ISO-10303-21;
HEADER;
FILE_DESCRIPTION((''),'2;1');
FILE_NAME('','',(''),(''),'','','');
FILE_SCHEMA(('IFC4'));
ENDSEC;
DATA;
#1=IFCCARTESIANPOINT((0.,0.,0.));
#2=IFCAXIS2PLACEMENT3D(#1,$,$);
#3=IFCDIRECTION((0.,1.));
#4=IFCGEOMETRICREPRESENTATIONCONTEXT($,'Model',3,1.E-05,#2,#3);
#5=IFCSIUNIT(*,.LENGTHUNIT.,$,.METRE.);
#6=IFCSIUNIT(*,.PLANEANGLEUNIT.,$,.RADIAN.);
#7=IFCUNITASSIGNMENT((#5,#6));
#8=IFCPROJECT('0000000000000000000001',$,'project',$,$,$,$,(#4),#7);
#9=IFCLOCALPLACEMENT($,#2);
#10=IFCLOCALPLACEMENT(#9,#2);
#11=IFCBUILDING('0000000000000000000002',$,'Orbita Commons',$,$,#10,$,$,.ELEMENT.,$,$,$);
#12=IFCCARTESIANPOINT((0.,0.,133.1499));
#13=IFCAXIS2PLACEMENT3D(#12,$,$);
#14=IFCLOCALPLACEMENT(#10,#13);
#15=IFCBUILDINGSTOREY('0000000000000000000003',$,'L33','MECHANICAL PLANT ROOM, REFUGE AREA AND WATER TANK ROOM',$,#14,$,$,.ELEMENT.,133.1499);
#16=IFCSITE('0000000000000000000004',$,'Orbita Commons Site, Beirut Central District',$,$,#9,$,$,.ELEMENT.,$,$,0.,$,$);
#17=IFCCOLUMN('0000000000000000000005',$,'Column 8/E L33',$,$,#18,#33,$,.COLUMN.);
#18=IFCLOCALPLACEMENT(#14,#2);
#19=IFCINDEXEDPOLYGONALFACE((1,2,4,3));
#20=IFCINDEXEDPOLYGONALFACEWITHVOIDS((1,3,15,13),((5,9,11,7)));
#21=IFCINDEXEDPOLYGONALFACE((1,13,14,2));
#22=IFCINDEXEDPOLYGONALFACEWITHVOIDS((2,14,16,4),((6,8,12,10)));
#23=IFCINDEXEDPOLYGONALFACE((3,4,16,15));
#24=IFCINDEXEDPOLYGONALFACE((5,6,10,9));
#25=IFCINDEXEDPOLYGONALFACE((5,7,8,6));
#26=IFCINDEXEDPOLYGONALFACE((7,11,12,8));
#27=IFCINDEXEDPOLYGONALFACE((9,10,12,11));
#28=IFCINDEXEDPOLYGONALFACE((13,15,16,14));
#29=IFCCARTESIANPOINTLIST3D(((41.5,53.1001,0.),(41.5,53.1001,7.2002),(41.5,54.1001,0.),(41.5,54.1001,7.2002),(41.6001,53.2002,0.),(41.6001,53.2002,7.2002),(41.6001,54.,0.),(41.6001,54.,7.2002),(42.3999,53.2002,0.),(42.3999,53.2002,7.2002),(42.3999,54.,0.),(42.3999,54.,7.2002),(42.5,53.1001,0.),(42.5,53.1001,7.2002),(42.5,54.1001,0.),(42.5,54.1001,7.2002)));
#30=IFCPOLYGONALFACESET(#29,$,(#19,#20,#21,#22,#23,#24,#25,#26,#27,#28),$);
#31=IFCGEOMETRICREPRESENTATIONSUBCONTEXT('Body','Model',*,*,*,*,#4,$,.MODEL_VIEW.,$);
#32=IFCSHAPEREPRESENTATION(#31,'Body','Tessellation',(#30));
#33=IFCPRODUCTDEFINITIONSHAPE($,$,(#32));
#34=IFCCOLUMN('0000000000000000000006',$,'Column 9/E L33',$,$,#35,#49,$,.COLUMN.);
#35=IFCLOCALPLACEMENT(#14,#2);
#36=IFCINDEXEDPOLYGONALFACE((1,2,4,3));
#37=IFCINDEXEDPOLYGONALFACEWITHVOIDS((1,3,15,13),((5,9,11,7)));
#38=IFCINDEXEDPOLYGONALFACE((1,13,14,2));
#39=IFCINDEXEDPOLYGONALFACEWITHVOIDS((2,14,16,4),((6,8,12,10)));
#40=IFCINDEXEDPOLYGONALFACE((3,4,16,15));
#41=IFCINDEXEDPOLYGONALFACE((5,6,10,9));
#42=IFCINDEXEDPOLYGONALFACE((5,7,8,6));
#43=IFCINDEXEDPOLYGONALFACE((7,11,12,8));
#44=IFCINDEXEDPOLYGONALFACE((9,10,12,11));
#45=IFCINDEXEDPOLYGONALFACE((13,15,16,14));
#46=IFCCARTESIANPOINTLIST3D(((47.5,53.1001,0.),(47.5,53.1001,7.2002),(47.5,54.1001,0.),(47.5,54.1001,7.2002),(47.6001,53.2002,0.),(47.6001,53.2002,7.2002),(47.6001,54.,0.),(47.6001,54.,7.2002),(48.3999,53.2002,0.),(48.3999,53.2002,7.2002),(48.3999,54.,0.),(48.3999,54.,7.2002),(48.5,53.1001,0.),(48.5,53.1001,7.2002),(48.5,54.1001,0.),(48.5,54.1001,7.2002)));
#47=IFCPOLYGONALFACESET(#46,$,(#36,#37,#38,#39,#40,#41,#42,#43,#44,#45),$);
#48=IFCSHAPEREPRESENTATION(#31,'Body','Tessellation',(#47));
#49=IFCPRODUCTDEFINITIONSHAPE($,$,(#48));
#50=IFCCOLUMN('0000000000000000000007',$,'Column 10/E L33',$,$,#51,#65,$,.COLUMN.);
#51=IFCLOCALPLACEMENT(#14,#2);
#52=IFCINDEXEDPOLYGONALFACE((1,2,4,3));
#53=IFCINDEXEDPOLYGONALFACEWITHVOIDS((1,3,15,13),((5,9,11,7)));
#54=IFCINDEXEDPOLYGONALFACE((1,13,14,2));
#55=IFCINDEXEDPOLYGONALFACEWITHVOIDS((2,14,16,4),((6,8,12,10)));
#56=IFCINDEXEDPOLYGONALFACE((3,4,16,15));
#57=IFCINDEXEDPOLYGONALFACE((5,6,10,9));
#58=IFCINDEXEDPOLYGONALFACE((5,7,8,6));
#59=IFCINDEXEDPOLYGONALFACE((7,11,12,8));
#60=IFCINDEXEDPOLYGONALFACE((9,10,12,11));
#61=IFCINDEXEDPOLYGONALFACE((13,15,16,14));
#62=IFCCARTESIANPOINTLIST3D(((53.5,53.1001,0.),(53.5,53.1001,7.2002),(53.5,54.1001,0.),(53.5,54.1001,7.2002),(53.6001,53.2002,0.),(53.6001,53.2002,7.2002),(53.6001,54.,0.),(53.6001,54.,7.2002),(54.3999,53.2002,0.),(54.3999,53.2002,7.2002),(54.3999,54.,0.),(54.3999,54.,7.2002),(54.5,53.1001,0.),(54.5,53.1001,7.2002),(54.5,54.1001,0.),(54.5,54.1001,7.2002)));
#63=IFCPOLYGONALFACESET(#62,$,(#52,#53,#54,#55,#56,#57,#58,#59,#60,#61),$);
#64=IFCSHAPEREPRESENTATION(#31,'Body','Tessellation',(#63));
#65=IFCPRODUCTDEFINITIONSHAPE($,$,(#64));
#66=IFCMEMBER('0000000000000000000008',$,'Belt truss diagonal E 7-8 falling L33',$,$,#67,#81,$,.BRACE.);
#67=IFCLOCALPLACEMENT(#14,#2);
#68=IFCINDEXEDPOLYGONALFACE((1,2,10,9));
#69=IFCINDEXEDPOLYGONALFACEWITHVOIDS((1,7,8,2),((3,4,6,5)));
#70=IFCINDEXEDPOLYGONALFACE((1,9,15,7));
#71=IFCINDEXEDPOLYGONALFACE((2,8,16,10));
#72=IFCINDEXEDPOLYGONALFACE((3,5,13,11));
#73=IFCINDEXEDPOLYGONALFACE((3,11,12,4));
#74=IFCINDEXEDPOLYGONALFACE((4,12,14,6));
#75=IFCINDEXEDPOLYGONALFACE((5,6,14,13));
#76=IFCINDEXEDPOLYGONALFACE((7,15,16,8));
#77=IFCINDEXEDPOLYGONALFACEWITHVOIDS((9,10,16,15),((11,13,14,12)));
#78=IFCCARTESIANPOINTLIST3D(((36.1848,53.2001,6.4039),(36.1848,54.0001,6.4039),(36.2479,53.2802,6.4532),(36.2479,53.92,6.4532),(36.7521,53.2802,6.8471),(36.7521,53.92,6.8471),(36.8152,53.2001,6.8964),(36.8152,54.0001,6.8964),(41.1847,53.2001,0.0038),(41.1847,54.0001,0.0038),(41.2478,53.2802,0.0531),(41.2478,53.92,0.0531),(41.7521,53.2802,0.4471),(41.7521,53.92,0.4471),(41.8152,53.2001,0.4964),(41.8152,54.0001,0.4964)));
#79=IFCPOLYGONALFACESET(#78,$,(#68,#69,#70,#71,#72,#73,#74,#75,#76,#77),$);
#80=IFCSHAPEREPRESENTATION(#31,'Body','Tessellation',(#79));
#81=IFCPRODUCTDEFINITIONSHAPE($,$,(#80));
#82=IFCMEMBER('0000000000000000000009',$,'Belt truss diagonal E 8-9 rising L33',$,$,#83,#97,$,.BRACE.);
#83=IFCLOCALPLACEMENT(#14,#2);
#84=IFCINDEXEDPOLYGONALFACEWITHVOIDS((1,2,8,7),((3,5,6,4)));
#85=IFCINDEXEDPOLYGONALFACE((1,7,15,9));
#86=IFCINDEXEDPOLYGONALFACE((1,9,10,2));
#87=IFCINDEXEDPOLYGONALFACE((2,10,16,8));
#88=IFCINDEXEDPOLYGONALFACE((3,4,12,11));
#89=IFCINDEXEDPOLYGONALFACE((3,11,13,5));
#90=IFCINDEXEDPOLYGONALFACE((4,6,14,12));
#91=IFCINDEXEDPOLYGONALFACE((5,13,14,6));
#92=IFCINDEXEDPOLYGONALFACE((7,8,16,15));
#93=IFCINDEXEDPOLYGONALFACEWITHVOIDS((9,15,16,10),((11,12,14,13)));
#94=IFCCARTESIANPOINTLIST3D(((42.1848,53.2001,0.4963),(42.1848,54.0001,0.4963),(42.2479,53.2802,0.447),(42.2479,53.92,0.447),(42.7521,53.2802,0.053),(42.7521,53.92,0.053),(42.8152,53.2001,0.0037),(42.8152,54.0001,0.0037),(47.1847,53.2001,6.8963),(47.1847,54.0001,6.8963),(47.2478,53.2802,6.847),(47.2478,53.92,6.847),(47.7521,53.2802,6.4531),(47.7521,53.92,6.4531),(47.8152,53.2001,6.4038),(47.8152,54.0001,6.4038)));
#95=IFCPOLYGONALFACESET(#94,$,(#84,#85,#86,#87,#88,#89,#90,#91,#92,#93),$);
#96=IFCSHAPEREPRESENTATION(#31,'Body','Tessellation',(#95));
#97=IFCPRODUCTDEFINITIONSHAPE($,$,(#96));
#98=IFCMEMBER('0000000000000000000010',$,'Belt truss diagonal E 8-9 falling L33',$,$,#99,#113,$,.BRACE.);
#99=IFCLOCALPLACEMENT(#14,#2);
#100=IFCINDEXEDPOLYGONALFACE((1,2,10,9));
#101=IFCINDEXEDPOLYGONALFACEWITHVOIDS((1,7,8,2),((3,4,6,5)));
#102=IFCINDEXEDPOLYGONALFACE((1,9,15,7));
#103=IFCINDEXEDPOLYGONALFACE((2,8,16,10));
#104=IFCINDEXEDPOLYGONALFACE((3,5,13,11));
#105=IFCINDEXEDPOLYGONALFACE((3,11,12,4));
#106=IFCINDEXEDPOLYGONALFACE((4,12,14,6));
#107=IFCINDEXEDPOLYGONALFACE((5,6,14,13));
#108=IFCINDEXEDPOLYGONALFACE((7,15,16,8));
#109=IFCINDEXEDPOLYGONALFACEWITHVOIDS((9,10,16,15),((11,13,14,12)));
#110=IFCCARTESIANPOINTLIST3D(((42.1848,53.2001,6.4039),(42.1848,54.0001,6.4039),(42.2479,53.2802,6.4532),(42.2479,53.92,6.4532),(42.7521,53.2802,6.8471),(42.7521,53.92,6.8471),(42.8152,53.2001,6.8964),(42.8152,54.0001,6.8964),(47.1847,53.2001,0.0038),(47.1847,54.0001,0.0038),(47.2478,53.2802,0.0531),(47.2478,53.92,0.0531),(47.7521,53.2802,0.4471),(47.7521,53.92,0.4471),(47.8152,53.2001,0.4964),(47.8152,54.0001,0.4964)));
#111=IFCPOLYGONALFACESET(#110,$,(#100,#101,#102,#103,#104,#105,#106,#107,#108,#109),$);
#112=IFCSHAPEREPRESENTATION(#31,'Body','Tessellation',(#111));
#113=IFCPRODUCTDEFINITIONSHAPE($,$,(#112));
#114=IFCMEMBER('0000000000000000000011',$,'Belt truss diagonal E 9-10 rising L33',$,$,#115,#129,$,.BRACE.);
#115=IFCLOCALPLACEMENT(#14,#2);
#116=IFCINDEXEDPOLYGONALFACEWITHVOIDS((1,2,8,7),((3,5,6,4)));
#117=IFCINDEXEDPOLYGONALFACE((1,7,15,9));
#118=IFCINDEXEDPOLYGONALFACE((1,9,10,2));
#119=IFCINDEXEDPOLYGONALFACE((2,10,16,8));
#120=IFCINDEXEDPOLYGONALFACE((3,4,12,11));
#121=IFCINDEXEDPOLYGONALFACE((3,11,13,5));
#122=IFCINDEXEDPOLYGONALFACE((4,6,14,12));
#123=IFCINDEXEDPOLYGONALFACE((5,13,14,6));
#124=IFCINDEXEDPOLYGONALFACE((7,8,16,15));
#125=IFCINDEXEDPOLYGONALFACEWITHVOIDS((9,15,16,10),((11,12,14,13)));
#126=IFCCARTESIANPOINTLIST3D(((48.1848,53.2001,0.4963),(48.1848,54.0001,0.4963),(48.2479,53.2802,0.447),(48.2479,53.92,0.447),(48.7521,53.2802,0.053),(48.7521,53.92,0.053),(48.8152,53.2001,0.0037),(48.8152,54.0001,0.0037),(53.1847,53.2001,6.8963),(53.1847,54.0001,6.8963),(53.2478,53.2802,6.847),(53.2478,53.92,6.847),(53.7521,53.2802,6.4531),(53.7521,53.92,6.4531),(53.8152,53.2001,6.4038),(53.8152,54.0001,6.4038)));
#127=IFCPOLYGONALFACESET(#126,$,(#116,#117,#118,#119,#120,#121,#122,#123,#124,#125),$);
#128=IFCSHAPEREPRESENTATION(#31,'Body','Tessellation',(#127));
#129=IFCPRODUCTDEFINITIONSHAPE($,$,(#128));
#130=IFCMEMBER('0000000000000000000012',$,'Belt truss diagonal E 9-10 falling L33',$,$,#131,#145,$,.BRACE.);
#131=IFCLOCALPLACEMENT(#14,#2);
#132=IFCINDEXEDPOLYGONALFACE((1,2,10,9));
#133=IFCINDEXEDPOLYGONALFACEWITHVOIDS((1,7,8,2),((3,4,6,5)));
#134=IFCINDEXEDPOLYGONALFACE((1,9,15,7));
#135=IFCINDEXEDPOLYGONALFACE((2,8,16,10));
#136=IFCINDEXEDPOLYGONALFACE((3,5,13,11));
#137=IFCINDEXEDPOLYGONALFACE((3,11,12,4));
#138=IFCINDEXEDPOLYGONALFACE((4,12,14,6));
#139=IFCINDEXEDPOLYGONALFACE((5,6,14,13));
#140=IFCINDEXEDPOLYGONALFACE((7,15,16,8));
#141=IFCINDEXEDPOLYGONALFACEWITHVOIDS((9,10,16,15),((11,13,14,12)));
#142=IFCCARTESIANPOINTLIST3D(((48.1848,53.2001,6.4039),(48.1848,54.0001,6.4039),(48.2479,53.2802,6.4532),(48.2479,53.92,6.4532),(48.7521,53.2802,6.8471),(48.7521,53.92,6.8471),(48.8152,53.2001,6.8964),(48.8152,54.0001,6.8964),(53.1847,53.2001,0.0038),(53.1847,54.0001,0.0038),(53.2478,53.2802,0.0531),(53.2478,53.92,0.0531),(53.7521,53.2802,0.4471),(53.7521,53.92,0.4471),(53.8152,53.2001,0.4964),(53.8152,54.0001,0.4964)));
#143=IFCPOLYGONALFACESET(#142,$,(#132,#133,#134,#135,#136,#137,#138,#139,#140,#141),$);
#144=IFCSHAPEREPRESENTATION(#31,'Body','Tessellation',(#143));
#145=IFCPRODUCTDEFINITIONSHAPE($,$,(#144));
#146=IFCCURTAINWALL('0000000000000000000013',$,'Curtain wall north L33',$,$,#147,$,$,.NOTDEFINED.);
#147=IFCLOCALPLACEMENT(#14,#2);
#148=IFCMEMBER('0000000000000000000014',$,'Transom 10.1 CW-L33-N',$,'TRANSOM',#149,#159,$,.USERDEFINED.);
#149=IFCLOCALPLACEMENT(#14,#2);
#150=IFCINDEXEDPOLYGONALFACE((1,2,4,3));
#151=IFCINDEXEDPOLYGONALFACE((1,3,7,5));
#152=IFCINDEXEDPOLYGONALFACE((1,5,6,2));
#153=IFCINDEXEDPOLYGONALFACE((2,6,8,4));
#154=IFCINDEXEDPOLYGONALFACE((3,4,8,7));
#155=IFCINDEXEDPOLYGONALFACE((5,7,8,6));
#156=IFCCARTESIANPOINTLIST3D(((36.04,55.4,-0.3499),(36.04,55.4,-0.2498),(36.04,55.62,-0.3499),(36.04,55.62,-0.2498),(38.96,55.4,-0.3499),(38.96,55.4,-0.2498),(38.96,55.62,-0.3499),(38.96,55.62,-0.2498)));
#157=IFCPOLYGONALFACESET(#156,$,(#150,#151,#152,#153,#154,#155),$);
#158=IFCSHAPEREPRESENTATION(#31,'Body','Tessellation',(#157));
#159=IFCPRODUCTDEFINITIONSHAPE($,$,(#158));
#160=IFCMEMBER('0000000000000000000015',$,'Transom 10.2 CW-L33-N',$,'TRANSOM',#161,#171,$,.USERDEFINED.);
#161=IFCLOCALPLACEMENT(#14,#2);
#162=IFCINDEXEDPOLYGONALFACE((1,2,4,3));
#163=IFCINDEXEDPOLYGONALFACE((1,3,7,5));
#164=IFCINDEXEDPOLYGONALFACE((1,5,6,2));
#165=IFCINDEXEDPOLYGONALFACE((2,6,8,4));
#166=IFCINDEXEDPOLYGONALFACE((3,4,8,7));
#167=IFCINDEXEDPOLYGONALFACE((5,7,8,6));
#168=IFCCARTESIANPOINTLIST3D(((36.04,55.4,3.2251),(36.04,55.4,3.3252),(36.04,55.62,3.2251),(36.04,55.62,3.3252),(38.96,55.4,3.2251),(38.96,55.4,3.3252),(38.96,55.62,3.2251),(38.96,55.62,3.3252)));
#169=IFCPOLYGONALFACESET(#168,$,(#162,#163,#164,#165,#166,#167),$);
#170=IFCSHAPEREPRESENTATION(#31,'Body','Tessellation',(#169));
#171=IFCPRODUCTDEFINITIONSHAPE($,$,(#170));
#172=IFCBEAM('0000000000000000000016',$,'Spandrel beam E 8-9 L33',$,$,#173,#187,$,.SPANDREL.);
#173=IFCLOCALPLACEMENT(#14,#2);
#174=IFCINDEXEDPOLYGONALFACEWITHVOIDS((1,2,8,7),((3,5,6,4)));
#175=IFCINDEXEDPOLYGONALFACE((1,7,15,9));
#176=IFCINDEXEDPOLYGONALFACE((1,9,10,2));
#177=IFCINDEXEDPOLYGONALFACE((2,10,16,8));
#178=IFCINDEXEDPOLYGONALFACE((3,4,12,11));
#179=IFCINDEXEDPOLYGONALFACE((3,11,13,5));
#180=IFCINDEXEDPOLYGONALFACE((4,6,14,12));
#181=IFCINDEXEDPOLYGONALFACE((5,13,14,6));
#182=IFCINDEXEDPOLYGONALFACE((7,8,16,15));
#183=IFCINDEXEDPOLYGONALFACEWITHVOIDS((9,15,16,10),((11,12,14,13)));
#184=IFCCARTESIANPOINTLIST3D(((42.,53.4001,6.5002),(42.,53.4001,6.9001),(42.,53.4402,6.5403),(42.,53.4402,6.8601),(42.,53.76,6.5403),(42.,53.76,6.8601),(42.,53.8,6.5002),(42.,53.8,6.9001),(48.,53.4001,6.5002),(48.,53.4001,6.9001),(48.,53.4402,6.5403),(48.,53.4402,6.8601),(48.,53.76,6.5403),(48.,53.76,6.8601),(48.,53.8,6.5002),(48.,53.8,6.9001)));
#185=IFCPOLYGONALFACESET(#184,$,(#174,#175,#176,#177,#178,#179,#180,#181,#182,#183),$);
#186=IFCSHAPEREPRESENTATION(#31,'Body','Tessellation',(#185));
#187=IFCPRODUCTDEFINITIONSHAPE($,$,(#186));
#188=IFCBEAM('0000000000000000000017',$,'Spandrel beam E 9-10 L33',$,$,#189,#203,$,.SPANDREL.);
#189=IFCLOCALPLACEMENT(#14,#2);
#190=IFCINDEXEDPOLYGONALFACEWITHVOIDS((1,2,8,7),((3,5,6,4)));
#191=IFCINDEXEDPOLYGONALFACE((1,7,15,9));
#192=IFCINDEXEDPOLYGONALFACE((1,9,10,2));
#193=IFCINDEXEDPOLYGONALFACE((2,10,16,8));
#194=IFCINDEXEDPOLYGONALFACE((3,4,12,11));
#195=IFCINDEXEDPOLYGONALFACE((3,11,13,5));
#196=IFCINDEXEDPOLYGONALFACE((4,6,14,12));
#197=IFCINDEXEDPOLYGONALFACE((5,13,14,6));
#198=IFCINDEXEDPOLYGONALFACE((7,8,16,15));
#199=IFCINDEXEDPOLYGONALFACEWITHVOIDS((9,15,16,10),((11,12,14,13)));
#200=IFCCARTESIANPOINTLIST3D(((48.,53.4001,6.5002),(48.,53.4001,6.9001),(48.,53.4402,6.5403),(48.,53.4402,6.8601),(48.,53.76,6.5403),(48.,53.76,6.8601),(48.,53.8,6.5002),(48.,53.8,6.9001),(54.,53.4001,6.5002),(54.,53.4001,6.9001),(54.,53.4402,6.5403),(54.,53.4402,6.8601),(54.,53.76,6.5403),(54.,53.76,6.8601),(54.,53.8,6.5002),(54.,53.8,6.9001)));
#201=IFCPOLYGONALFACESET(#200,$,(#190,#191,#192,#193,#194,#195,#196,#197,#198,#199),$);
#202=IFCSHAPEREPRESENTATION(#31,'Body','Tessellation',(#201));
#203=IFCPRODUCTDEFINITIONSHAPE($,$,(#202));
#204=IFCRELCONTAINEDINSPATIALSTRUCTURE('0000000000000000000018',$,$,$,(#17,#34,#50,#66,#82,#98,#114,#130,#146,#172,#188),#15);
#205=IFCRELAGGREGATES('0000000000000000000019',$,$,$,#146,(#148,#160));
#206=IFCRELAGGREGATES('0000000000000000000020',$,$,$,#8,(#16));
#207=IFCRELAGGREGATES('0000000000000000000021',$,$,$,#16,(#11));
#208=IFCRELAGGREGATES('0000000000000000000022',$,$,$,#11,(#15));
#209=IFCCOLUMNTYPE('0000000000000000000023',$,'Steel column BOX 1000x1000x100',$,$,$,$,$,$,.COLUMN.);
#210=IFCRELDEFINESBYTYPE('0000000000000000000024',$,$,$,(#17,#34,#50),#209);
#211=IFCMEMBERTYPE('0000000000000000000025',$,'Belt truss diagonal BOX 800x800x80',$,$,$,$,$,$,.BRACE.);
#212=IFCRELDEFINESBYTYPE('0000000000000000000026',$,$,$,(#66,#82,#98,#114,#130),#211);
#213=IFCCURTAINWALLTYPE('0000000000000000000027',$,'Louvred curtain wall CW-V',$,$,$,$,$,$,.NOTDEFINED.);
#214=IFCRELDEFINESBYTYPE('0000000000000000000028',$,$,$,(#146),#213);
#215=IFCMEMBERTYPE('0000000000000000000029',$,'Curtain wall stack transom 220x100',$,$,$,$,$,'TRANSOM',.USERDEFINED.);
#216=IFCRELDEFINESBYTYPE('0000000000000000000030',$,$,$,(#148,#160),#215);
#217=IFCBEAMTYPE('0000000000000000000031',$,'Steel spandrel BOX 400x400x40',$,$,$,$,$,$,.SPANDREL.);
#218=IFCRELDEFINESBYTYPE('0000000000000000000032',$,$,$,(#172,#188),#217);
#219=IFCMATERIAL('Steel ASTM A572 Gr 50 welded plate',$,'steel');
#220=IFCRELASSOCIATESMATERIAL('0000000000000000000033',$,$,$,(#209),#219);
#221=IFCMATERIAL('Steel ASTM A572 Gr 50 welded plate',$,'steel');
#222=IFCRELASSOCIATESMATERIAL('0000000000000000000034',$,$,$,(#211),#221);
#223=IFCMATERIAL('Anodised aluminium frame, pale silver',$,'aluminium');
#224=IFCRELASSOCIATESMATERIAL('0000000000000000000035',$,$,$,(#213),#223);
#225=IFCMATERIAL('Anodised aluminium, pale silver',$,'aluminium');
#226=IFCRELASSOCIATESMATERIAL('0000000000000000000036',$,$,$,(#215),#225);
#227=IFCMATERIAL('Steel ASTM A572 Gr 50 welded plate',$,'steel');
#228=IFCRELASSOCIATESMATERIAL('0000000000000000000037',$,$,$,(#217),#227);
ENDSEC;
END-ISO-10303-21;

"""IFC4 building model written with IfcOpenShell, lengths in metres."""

from ifc_helpers import new_model, si_unit, direction, frame, origin, origin_2d, place, context, subcontext, project, spatial, rectangle, hollow_rectangle, extrude, material, material_profile, profile_set, type_object, element, aggregate, save


model = new_model("IFC4")

# Units and contexts
model_context = context("Model", 3, precision=1e-05, world=origin(), true_north=direction((0.0, 1.0)))
body_context = subcontext(model_context, "Body", "Model", "MODEL_VIEW")
ifc_project = project(units=[si_unit("LENGTHUNIT", "METRE"), si_unit("PLANEANGLEUNIT", "RADIAN")], contexts=[model_context])

# Site, building, storey
site_placement = place(None, origin())
site = spatial("IfcSite", under=ifc_project, at=site_placement, Name="Orbita Commons Site, Beirut Central District", CompositionType="ELEMENT", RefElevation=0.0)
building_placement = place(site_placement, origin())
building = spatial("IfcBuilding", under=site, at=building_placement, Name="Orbita Commons", CompositionType="ELEMENT")
storey_placement = place(building_placement, frame((0.0, 0.0, 133.1499)))
storey = spatial("IfcBuildingStorey", under=building, at=storey_placement, Name="L33", Description="MECHANICAL PLANT ROOM, REFUGE AREA AND WATER TANK ROOM", CompositionType="ELEMENT", Elevation=133.1499)

# Columns
ifc_material_1 = material(Name="Steel ASTM A572 Gr 50 welded plate", Category="steel")
ifc_material_profile_1 = material_profile(ifc_material_1, hollow_rectangle(XDim=1.0, YDim=1.0, WallThickness=0.1001, at=origin_2d()), Name="BOX 1000x1000x100")
ifc_profile_set_1 = profile_set([ifc_material_profile_1], Name="Steel ASTM A572 Gr 50 welded plate")
column_type = type_object("IfcColumnType", Name="Steel column BOX 1000x1000x100", PredefinedType="COLUMN", material=ifc_profile_set_1)
for number, where, z_axis, x_axis, name in (
    (1, (42.0, 53.6001, 0.0), (0.0, 0.0, 1.0), (1.0, 0.0, 0.0), "Column 8/E L33"),
    (2, (48.0, 53.6001, 0.0), (0.0, 0.0, 1.0), (1.0, 0.0, 0.0), "Column 9/E L33"),
    (3, (54.0, 53.6001, 0.0), (0.0, 0.0, 1.0), (1.0, 0.0, 0.0), "Column 10/E L33"),
):
    element("IfcColumn", number, at=place(storey_placement, frame(where, z_axis=z_axis, x_axis=x_axis)), inside=storey, type_object=column_type, Name=name, PredefinedType="COLUMN", context=body_context, shape_type="SweptSolid", body=[
        extrude(hollow_rectangle(XDim=1.0, YDim=1.0, WallThickness=0.1001, at=origin_2d()), origin(), (0.0, 0.0, 1.0), 7.2002),
    ])

# Members
ifc_material_2 = material(Name="Steel ASTM A572 Gr 50 welded plate", Category="steel")
ifc_material_profile_2 = material_profile(ifc_material_2, hollow_rectangle(XDim=0.8, YDim=0.8, WallThickness=0.0801, at=origin_2d()), Name="BOX 800x800x80")
ifc_profile_set_2 = profile_set([ifc_material_profile_2], Name="Steel ASTM A572 Gr 50 welded plate")
member_type_1 = type_object("IfcMemberType", Name="Belt truss diagonal BOX 800x800x80", PredefinedType="BRACE", material=ifc_profile_set_2)
for number, where, z_axis, x_axis, name in (
    (4, (36.5, 53.6001, 6.6501), (0.615635, 0.0, -0.788031), (0.0, 1.0, 0.0), "Belt truss diagonal E 7-8 falling L33"),
    (5, (42.5, 53.6001, 0.25), (0.615635, 0.0, 0.788031), (0.0, 1.0, 0.0), "Belt truss diagonal E 8-9 rising L33"),
    (6, (42.5, 53.6001, 6.6501), (0.615635, 0.0, -0.788031), (0.0, 1.0, 0.0), "Belt truss diagonal E 8-9 falling L33"),
    (7, (48.5, 53.6001, 0.25), (0.615635, 0.0, 0.788031), (0.0, 1.0, 0.0), "Belt truss diagonal E 9-10 rising L33"),
    (8, (48.5, 53.6001, 6.6501), (0.615635, 0.0, -0.788031), (0.0, 1.0, 0.0), "Belt truss diagonal E 9-10 falling L33"),
):
    element("IfcMember", number, at=place(storey_placement, frame(where, z_axis=z_axis, x_axis=x_axis)), inside=storey, type_object=member_type_1, Name=name, PredefinedType="BRACE", context=body_context, shape_type="SweptSolid", body=[
        extrude(hollow_rectangle(XDim=0.8, YDim=0.8, WallThickness=0.0801, at=origin_2d()), origin(), (0.0, 0.0, 1.0), 8.1216),
    ])

# Curtain wall, members
ifc_material_3 = material(Name="Anodised aluminium frame, pale silver", Category="aluminium")
curtain_wall_type = type_object("IfcCurtainWallType", Name="Louvred curtain wall CW-V", PredefinedType="NOTDEFINED", material=ifc_material_3)
curtain_wall_placement = place(storey_placement, origin())
curtain_wall = element("IfcCurtainWall", 9, at=curtain_wall_placement, inside=storey, type_object=curtain_wall_type, Name="Curtain wall north L33", PredefinedType="NOTDEFINED")
ifc_material_4 = material(Name="Anodised aluminium, pale silver", Category="aluminium")
ifc_material_profile_3 = material_profile(ifc_material_4, rectangle(XDim=0.22, YDim=0.1001, at=origin_2d()), Name="AL 220x100")
ifc_profile_set_3 = profile_set([ifc_material_profile_3], Name="Anodised aluminium, pale silver")
member_type_2 = type_object("IfcMemberType", Name="Curtain wall stack transom 220x100", ElementType="TRANSOM", PredefinedType="USERDEFINED", material=ifc_profile_set_3)
member_1_placement = place(storey_placement, frame((38.96, 55.51, -0.2998), z_axis=(-1.0, 0.0, 0.0), x_axis=(0.0, -1.0, 0.0)))
member_1 = element("IfcMember", 10, at=member_1_placement, type_object=member_type_2, Name="Transom 10.1 CW-L33-N", ObjectType="TRANSOM", PredefinedType="USERDEFINED", context=body_context, shape_type="SweptSolid", body=[
    extrude(rectangle(XDim=0.22, YDim=0.1001, at=origin_2d()), origin(), (0.0, 0.0, 1.0), 2.9199),
])
member_2_placement = place(storey_placement, frame((38.96, 55.51, 3.2751), z_axis=(-1.0, 0.0, 0.0), x_axis=(0.0, -1.0, 0.0)))
member_2 = element("IfcMember", 11, at=member_2_placement, type_object=member_type_2, Name="Transom 10.2 CW-L33-N", ObjectType="TRANSOM", PredefinedType="USERDEFINED", context=body_context, shape_type="SweptSolid", body=[
    extrude(rectangle(XDim=0.22, YDim=0.1001, at=origin_2d()), origin(), (0.0, 0.0, 1.0), 2.9199),
])

# Beams
ifc_material_5 = material(Name="Steel ASTM A572 Gr 50 welded plate", Category="steel")
ifc_material_profile_4 = material_profile(ifc_material_5, hollow_rectangle(XDim=0.3999, YDim=0.3999, WallThickness=0.04, at=origin_2d()), Name="BOX 400x400x40")
ifc_profile_set_4 = profile_set([ifc_material_profile_4], Name="Steel ASTM A572 Gr 50 welded plate")
beam_type = type_object("IfcBeamType", Name="Steel spandrel BOX 400x400x40", PredefinedType="SPANDREL", material=ifc_profile_set_4)
for number, where, z_axis, x_axis, name in (
    (12, (42.0, 53.6001, 6.7002), (1.0, 0.0, 0.0), (0.0, 1.0, 0.0), "Spandrel beam E 8-9 L33"),
    (13, (48.0, 53.6001, 6.7002), (1.0, 0.0, 0.0), (0.0, 1.0, 0.0), "Spandrel beam E 9-10 L33"),
):
    element("IfcBeam", number, at=place(storey_placement, frame(where, z_axis=z_axis, x_axis=x_axis)), inside=storey, type_object=beam_type, Name=name, PredefinedType="SPANDREL", context=body_context, shape_type="SweptSolid", body=[
        extrude(hollow_rectangle(XDim=0.3999, YDim=0.3999, WallThickness=0.04, at=origin_2d()), origin(), (0.0, 0.0, 1.0), 6.0),
    ])

aggregate(curtain_wall, [member_1, member_2])

save(model, "model.ifc")
